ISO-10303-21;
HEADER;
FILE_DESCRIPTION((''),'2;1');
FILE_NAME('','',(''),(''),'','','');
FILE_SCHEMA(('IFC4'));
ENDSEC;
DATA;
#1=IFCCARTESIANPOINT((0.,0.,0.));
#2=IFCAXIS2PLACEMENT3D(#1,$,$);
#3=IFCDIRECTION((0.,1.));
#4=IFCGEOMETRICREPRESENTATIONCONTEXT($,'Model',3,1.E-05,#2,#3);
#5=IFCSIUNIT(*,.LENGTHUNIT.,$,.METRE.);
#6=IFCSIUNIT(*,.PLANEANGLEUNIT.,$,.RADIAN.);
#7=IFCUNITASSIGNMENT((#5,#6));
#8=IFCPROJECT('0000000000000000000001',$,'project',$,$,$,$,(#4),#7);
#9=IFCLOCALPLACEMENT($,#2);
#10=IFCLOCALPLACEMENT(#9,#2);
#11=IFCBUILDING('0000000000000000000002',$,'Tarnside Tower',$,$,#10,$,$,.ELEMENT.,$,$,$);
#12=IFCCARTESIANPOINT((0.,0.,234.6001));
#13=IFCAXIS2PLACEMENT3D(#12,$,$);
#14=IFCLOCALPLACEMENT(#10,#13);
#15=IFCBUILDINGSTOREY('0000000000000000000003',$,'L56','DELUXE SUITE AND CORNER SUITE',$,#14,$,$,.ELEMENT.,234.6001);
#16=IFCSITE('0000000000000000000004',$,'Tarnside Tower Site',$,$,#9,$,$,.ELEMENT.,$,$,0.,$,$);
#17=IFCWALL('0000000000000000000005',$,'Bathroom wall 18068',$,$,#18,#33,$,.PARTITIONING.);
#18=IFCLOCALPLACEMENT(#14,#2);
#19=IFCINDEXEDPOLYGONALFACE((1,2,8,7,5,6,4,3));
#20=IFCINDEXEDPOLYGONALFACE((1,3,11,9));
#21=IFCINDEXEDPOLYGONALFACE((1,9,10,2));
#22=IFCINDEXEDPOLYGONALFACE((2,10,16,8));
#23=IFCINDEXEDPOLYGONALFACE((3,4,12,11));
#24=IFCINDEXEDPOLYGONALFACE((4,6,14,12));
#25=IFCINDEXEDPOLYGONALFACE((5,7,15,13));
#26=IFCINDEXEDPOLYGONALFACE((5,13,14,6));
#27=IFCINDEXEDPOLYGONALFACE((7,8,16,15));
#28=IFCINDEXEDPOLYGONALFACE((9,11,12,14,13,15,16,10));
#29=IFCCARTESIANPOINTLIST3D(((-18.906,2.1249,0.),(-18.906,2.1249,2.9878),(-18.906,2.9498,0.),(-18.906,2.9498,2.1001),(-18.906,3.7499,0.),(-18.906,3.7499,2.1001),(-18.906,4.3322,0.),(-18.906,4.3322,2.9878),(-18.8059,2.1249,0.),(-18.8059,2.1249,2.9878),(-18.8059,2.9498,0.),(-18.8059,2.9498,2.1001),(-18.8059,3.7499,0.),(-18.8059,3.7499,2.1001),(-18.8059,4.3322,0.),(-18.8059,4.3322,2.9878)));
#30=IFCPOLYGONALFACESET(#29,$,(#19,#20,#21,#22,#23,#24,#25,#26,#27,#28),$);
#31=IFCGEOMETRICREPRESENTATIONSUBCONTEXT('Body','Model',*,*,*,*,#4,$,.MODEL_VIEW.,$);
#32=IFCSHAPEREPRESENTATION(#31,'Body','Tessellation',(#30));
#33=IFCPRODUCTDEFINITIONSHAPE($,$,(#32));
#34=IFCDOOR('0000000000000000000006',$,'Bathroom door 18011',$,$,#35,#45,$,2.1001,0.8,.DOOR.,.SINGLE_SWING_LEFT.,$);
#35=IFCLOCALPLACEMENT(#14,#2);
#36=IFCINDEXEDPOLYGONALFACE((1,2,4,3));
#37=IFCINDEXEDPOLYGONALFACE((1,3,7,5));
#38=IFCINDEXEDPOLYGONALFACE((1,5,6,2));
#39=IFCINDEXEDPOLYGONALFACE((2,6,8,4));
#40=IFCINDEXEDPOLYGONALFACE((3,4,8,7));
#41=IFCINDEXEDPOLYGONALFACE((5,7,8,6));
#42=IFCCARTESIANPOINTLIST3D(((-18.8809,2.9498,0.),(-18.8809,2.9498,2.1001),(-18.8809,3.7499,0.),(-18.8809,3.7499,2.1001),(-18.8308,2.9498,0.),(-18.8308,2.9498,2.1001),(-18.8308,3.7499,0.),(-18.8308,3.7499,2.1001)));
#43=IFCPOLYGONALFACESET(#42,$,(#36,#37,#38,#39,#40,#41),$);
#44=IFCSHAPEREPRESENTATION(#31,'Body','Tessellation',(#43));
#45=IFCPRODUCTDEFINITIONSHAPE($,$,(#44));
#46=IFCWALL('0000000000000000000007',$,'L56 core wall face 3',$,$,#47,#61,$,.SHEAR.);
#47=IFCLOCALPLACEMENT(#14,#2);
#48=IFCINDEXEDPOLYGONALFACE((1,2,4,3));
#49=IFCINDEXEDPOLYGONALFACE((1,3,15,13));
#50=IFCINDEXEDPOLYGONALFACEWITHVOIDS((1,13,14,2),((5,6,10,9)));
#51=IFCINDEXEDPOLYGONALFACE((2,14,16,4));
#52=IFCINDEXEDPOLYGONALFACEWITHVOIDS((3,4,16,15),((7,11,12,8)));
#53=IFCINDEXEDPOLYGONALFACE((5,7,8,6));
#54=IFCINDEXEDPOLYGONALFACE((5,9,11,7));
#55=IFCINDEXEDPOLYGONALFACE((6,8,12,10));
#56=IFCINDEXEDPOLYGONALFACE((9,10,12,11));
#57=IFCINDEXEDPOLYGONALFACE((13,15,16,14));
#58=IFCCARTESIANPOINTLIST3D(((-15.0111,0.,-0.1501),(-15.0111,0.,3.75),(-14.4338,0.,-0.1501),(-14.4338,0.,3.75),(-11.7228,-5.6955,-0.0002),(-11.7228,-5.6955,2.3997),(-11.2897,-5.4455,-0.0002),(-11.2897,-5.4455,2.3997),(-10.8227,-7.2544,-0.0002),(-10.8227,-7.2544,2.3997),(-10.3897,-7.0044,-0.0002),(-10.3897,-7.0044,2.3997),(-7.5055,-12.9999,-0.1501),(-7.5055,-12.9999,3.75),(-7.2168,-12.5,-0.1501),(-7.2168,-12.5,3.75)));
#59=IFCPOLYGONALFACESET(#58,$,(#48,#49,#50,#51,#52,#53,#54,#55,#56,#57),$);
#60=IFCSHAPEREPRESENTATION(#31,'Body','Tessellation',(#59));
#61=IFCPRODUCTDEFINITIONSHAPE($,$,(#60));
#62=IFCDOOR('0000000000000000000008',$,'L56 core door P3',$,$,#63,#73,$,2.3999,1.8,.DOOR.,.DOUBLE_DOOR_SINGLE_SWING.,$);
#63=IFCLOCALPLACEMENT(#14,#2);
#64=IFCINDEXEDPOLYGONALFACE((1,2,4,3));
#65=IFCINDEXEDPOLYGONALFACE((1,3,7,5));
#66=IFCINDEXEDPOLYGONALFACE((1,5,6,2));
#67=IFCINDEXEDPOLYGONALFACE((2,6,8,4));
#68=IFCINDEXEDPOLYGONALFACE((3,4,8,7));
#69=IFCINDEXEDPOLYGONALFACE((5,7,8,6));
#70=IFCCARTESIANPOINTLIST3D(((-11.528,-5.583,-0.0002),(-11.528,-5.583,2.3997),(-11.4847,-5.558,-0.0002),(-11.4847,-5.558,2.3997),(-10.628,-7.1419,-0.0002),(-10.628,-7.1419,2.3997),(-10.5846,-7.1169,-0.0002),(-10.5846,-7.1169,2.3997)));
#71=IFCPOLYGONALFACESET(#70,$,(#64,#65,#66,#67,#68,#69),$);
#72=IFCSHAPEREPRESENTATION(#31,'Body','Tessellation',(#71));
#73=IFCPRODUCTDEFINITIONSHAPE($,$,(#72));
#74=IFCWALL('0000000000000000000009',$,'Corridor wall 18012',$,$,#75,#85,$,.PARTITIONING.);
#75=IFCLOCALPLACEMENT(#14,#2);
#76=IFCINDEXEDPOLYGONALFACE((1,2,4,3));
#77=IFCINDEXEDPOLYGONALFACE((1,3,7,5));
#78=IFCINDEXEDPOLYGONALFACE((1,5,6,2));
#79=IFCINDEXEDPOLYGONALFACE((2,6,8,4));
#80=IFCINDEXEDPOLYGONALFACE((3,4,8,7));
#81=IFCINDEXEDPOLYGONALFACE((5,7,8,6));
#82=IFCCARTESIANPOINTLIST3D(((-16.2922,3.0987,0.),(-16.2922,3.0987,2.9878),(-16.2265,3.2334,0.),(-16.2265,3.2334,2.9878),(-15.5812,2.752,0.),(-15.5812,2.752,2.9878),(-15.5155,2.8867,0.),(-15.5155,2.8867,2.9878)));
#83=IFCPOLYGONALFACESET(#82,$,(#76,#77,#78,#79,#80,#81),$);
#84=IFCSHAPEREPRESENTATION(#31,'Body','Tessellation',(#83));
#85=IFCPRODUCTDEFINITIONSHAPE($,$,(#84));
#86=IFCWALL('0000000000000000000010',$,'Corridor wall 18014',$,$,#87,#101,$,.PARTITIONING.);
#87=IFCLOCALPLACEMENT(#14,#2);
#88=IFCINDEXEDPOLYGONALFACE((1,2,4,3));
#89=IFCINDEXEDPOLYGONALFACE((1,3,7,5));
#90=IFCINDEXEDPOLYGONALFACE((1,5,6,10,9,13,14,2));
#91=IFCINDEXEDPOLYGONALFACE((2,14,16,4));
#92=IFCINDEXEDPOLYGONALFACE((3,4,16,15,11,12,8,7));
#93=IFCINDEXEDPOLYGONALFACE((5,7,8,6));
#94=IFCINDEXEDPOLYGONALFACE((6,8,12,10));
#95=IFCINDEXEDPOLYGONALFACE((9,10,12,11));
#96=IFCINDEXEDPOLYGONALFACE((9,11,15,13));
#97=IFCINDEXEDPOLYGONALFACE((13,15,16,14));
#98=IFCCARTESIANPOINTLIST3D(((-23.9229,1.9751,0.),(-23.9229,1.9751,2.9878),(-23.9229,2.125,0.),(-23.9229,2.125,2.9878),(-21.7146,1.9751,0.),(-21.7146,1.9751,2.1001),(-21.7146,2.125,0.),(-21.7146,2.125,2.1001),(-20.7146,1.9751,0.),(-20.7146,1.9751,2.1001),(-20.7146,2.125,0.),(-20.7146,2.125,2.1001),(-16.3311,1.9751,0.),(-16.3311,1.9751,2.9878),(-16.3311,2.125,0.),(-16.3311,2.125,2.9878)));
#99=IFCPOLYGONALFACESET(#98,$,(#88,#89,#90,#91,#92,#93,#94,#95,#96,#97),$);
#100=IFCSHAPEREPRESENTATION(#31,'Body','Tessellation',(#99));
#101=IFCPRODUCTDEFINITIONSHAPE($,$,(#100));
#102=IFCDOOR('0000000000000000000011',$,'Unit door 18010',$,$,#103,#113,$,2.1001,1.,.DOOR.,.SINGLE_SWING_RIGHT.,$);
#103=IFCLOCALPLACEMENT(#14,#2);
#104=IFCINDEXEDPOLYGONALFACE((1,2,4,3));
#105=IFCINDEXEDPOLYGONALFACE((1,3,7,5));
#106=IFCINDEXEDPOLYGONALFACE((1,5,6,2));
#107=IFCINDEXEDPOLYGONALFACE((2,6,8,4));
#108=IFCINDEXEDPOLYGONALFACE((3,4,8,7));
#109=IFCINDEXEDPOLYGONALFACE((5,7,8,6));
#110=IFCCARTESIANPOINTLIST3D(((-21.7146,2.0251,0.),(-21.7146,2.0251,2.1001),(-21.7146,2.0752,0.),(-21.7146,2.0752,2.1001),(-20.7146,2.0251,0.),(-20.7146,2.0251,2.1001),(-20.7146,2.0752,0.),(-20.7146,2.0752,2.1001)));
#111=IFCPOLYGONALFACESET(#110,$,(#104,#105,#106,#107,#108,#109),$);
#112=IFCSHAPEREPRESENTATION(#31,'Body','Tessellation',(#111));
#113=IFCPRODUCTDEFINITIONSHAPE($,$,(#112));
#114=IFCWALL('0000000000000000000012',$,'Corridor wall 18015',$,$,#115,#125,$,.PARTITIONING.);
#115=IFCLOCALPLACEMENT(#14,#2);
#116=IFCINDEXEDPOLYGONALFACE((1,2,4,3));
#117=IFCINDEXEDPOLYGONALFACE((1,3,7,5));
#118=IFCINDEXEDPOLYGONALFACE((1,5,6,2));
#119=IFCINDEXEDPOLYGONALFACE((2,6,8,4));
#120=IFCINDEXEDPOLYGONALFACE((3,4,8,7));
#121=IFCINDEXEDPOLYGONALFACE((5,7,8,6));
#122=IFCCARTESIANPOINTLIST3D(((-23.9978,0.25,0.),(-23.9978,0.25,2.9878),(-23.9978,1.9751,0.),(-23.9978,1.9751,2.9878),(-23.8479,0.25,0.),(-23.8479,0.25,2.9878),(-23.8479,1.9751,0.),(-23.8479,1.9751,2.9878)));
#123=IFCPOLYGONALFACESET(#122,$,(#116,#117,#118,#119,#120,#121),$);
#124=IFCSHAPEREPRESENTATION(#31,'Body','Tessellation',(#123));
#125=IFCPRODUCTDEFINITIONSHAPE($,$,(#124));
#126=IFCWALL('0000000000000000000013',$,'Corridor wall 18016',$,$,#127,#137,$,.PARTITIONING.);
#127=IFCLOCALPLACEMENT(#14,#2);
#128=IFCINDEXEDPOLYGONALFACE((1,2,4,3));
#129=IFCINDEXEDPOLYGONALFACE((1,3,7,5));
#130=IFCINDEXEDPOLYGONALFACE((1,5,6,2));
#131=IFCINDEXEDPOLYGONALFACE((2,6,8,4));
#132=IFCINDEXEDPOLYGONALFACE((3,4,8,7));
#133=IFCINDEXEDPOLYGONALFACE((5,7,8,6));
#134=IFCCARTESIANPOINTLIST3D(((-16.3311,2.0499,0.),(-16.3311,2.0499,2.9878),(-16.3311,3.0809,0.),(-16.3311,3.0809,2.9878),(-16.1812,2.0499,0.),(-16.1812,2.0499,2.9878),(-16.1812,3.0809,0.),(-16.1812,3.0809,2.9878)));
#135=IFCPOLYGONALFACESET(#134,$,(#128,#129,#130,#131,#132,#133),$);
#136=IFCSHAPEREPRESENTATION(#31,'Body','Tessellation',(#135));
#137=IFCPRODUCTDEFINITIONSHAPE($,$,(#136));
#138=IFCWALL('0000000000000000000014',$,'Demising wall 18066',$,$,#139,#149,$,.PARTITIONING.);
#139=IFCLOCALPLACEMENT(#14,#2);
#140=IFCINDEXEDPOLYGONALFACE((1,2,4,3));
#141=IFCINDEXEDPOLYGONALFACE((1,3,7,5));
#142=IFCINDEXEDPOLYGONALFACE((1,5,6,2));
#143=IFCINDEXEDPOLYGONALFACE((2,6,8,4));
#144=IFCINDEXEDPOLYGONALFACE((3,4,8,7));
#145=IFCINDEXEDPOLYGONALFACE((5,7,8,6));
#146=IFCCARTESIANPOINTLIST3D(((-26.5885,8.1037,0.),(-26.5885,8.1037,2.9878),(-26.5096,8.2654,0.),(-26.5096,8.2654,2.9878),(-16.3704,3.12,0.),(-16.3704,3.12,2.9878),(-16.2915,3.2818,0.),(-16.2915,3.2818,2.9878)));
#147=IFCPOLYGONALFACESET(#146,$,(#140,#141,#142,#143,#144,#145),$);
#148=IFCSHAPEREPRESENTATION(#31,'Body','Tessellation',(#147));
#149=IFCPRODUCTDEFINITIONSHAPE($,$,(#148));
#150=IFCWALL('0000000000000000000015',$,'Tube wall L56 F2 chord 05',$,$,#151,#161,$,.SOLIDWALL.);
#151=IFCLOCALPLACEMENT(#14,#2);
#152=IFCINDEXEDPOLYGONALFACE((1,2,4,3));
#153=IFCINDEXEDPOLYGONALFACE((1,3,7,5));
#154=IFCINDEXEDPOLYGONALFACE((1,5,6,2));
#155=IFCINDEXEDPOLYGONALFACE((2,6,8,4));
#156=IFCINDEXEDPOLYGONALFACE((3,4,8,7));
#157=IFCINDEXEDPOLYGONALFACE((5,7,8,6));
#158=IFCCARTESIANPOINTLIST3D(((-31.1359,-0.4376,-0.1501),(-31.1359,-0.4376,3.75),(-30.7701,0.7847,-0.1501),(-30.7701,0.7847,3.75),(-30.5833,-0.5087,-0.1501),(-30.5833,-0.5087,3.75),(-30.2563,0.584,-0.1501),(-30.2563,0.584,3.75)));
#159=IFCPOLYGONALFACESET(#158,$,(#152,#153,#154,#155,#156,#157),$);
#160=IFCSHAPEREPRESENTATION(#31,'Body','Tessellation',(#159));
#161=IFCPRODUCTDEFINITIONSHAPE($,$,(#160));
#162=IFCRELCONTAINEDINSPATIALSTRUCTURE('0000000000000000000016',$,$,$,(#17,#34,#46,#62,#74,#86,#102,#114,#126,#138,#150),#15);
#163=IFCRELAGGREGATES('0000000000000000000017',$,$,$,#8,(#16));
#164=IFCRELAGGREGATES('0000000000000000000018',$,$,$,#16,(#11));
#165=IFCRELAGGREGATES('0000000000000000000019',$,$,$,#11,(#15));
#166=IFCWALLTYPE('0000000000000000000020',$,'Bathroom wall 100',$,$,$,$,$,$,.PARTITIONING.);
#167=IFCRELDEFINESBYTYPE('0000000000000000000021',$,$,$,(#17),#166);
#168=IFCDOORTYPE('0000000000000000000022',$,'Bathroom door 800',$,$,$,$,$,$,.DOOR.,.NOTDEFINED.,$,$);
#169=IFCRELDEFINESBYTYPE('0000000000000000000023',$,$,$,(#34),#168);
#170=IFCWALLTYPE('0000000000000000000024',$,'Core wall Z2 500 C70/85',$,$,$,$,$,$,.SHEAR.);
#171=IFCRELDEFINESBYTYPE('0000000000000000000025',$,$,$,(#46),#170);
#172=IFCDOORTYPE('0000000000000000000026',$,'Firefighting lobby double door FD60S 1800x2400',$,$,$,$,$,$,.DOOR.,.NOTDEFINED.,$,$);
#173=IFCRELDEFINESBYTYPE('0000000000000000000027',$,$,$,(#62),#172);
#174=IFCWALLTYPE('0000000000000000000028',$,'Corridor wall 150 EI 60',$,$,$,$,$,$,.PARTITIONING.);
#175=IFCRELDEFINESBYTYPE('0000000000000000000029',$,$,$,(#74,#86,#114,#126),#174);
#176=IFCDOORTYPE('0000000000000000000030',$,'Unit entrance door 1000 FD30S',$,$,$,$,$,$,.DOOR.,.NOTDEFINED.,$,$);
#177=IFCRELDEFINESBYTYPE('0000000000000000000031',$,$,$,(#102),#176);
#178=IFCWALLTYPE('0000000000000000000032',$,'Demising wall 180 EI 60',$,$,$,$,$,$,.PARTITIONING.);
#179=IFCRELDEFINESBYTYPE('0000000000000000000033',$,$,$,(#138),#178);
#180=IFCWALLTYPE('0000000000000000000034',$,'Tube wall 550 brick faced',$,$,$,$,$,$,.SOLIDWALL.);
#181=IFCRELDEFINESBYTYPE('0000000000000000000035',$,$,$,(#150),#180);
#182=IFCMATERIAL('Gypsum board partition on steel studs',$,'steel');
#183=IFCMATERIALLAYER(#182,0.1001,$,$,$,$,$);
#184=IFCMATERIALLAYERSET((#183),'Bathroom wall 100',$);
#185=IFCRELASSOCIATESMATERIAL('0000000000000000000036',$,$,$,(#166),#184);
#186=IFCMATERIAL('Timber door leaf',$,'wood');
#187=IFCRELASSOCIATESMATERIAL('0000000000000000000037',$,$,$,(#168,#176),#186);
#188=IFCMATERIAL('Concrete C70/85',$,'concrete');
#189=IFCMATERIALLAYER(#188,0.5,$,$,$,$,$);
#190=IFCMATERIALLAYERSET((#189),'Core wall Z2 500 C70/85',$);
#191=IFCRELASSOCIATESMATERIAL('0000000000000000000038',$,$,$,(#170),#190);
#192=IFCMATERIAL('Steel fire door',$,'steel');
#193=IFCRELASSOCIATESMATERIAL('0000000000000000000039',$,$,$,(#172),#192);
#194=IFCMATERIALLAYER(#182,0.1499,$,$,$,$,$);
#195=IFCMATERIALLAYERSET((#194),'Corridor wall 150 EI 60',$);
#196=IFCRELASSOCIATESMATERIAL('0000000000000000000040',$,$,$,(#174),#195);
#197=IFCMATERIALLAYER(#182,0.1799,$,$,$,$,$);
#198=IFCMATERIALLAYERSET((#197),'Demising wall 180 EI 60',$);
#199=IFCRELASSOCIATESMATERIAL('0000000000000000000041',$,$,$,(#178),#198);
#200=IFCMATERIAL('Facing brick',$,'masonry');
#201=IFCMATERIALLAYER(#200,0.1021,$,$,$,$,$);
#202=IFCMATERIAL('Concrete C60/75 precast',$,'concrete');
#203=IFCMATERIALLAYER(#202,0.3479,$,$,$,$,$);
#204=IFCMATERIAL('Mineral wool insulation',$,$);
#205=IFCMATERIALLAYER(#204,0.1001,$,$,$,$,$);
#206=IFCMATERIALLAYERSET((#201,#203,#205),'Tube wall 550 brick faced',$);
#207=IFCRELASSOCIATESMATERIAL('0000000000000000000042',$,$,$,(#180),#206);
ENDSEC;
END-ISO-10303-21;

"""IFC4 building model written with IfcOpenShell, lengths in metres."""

from ifc_helpers import new_model, si_unit, direction, frame, frame_2d, origin, place, context, subcontext, project, spatial, polyline, rectangle, outline, extrude, material, layer, layer_set, type_object, element, fill, save


model = new_model("IFC4")

# Units and contexts
model_context = context("Model", 3, precision=1e-05, world=origin(), true_north=direction((0.0, 1.0)))
body_context = subcontext(model_context, "Body", "Model", "MODEL_VIEW")
ifc_project = project(units=[si_unit("LENGTHUNIT", "METRE"), si_unit("PLANEANGLEUNIT", "RADIAN")], contexts=[model_context])

# Site, building, storey
site_placement = place(None, origin())
site = spatial("IfcSite", under=ifc_project, at=site_placement, Name="Tarnside Tower Site", CompositionType="ELEMENT", RefElevation=0.0)
building_placement = place(site_placement, origin())
building = spatial("IfcBuilding", under=site, at=building_placement, Name="Tarnside Tower", CompositionType="ELEMENT")
storey_placement = place(building_placement, frame((0.0, 0.0, 234.6001)))
storey = spatial("IfcBuildingStorey", under=building, at=storey_placement, Name="L56", Description="DELUXE SUITE AND CORNER SUITE", CompositionType="ELEMENT", Elevation=234.6001)

# Shared definitions
ifc_material_1 = material(Name="Gypsum board partition on steel studs", Category="steel")
ifc_layer_1 = layer(ifc_material_1, 0.1001)
ifc_layer_set_1 = layer_set([ifc_layer_1], Name="Bathroom wall 100")
wall_type_1 = type_object("IfcWallType", Name="Bathroom wall 100", PredefinedType="PARTITIONING", material=ifc_layer_set_1)
ifc_material_2 = material(Name="Timber door leaf", Category="wood")
door_type_1 = type_object("IfcDoorType", Name="Bathroom door 800", OperationType="NOTDEFINED", PredefinedType="DOOR", material=ifc_material_2)

# Walls, openings, doors
wall_1_placement = place(storey_placement, frame((-18.856, 2.125, 0.0), z_axis=(0.0, 0.0, 1.0), x_axis=(0.0, 1.0, 0.0)))
wall_1 = element("IfcWall", 1, at=wall_1_placement, inside=storey, type_object=wall_type_1, Name="Bathroom wall 18068", PredefinedType="PARTITIONING", context=body_context, shape_type="SweptSolid", body=[
    extrude(rectangle(XDim=2.2073, YDim=0.1001, at=frame_2d((1.1035, 0.0))), origin(), (0.0, 0.0, 1.0), 2.9878),
])
opening_1_placement = place(wall_1_placement, frame((0.825, 0.0, 0.0)))
opening_1 = element("IfcOpeningElement", 2, at=opening_1_placement, cuts=wall_1, PredefinedType="OPENING", context=body_context, shape_type="SweptSolid", body=[
    extrude(rectangle(XDim=0.8, YDim=2.1001, at=frame_2d((0.3999, 1.05))), frame((0.0, 0.0601, 0.0), z_axis=(0.0, -1.0, 0.0), x_axis=(1.0, 0.0, 0.0)), (0.0, 0.0, 1.0), 0.1201),
])
door_1_placement = place(opening_1_placement, origin())
door_1 = element("IfcDoor", 3, at=door_1_placement, inside=storey, type_object=door_type_1, Name="Bathroom door 18011", OperationType="SINGLE_SWING_LEFT", OverallHeight=2.1001, OverallWidth=0.8, PredefinedType="DOOR", context=body_context, shape_type="SweptSolid", body=[
    extrude(rectangle(XDim=0.8, YDim=2.1001, at=frame_2d((0.3999, 1.05))), frame((0.0, 0.0249, 0.0), z_axis=(0.0, -1.0, 0.0), x_axis=(1.0, 0.0, 0.0)), (0.0, 0.0, 1.0), 0.05),
])
fill(opening_1, door_1)
ifc_material_3 = material(Name="Concrete C70/85", Category="concrete")
ifc_layer_2 = layer(ifc_material_3, 0.5)
ifc_layer_set_2 = layer_set([ifc_layer_2], Name="Core wall Z2 500 C70/85")
wall_type_2 = type_object("IfcWallType", Name="Core wall Z2 500 C70/85", PredefinedType="SHEAR", material=ifc_layer_set_2)
wall_2_placement = place(storey_placement, frame((-14.7224, 0.0, -0.1501), z_axis=(0.0, 0.0, 1.0), x_axis=(0.500006, -0.866022, 0.0)))
wall_2 = element("IfcWall", 4, at=wall_2_placement, inside=storey, type_object=wall_type_2, Name="L56 core wall face 3", PredefinedType="SHEAR", context=body_context, shape_type="SweptSolid", body=[
    extrude(outline(polyline([(-0.1443, -0.25), (14.8667, -0.25), (14.5781, 0.25), (0.1443, 0.25), (-0.1443, -0.25)])), origin(), (0.0, 0.0, 1.0), 3.9001),
])
opening_2_placement = place(wall_2_placement, frame((6.4324, 0.0, 0.1499)))
opening_2 = element("IfcOpeningElement", 5, at=opening_2_placement, cuts=wall_2, PredefinedType="OPENING", context=body_context, shape_type="SweptSolid", body=[
    extrude(rectangle(XDim=1.8, YDim=2.3999, at=frame_2d((0.8999, 1.2))), frame((0.0, 0.26, 0.0), z_axis=(0.0, -1.0, 0.0), x_axis=(1.0, 0.0, 0.0)), (0.0, 0.0, 1.0), 0.52),
])
ifc_material_4 = material(Name="Steel fire door", Category="steel")
door_type_2 = type_object("IfcDoorType", Name="Firefighting lobby double door FD60S 1800x2400", OperationType="NOTDEFINED", PredefinedType="DOOR", material=ifc_material_4)
door_2_placement = place(opening_2_placement, origin())
door_2 = element("IfcDoor", 6, at=door_2_placement, inside=storey, type_object=door_type_2, Name="L56 core door P3", OperationType="DOUBLE_DOOR_SINGLE_SWING", OverallHeight=2.3999, OverallWidth=1.8, PredefinedType="DOOR", context=body_context, shape_type="SweptSolid", body=[
    extrude(rectangle(XDim=1.8, YDim=2.3999, at=frame_2d((0.8999, 1.2))), frame((0.0, 0.0249, 0.0), z_axis=(0.0, -1.0, 0.0), x_axis=(1.0, 0.0, 0.0)), (0.0, 0.0, 1.0), 0.05),
])
fill(opening_2, door_2)

# Wall
ifc_layer_3 = layer(ifc_material_1, 0.1499)
ifc_layer_set_3 = layer_set([ifc_layer_3], Name="Corridor wall 150 EI 60")
wall_type_3 = type_object("IfcWallType", Name="Corridor wall 150 EI 60", PredefinedType="PARTITIONING", material=ifc_layer_set_3)
wall_3_placement = place(storey_placement, frame((-15.5483, 2.8193, 0.0), z_axis=(0.0, 0.0, 1.0), x_axis=(-0.898828, 0.438302, 0.0)))
element("IfcWall", 7, at=wall_3_placement, inside=storey, type_object=wall_type_3, Name="Corridor wall 18012", PredefinedType="PARTITIONING", context=body_context, shape_type="SweptSolid", body=[
    extrude(rectangle(XDim=0.791, YDim=0.1499, at=frame_2d((0.3955, 0.0))), origin(), (0.0, 0.0, 1.0), 2.9878),
])

# Wall, opening, door
wall_4_placement = place(storey_placement, frame((-16.3311, 2.05, 0.0), z_axis=(0.0, 0.0, 1.0), x_axis=(-1.0, 0.0, 0.0)))
wall_4 = element("IfcWall", 8, at=wall_4_placement, inside=storey, type_object=wall_type_3, Name="Corridor wall 18014", PredefinedType="PARTITIONING", context=body_context, shape_type="SweptSolid", body=[
    extrude(rectangle(XDim=7.5918, YDim=0.1499, at=frame_2d((3.7959, 0.0))), origin(), (0.0, 0.0, 1.0), 2.9878),
])
opening_3_placement = place(wall_4_placement, frame((4.3835, 0.0, 0.0)))
opening_3 = element("IfcOpeningElement", 9, at=opening_3_placement, cuts=wall_4, PredefinedType="OPENING", context=body_context, shape_type="SweptSolid", body=[
    extrude(rectangle(XDim=1.0, YDim=2.1001, at=frame_2d((0.5, 1.05))), frame((0.0, 0.085, 0.0), z_axis=(0.0, -1.0, 0.0), x_axis=(1.0, 0.0, 0.0)), (0.0, 0.0, 1.0), 0.1699),
])
door_type_3 = type_object("IfcDoorType", Name="Unit entrance door 1000 FD30S", OperationType="NOTDEFINED", PredefinedType="DOOR", material=ifc_material_2)
door_3_placement = place(opening_3_placement, origin())
door_3 = element("IfcDoor", 10, at=door_3_placement, inside=storey, type_object=door_type_3, Name="Unit door 18010", OperationType="SINGLE_SWING_RIGHT", OverallHeight=2.1001, OverallWidth=1.0, PredefinedType="DOOR", context=body_context, shape_type="SweptSolid", body=[
    extrude(rectangle(XDim=1.0, YDim=2.1001, at=frame_2d((0.5, 1.05))), frame((0.0, 0.0249, 0.0), z_axis=(0.0, -1.0, 0.0), x_axis=(1.0, 0.0, 0.0)), (0.0, 0.0, 1.0), 0.05),
])
fill(opening_3, door_3)

# Walls
wall_5_placement = place(storey_placement, frame((-23.9229, 1.9751, 0.0), z_axis=(0.0, 0.0, 1.0), x_axis=(0.0, -1.0, 0.0)))
element("IfcWall", 11, at=wall_5_placement, inside=storey, type_object=wall_type_3, Name="Corridor wall 18015", PredefinedType="PARTITIONING", context=body_context, shape_type="SweptSolid", body=[
    extrude(rectangle(XDim=1.7251, YDim=0.1499, at=frame_2d((0.8625, 0.0))), origin(), (0.0, 0.0, 1.0), 2.9878),
])
wall_6_placement = place(storey_placement, frame((-16.2561, 3.0811, 0.0), z_axis=(0.0, 0.0, 1.0), x_axis=(0.0, -1.0, 0.0)))
element("IfcWall", 12, at=wall_6_placement, inside=storey, type_object=wall_type_3, Name="Corridor wall 18016", PredefinedType="PARTITIONING", context=body_context, shape_type="SweptSolid", body=[
    extrude(rectangle(XDim=1.031, YDim=0.1499, at=frame_2d((0.5156, 0.0))), origin(), (0.0, 0.0, 1.0), 2.9878),
])
ifc_layer_4 = layer(ifc_material_1, 0.1799)
ifc_layer_set_4 = layer_set([ifc_layer_4], Name="Demising wall 180 EI 60")
wall_type_4 = type_object("IfcWallType", Name="Demising wall 180 EI 60", PredefinedType="PARTITIONING", material=ifc_layer_set_4)
wall_7_placement = place(storey_placement, frame((-26.5491, 8.1846, 0.0), z_axis=(0.0, 0.0, 1.0), x_axis=(0.898795, -0.43837, 0.0)))
element("IfcWall", 13, at=wall_7_placement, inside=storey, type_object=wall_type_4, Name="Demising wall 18066", PredefinedType="PARTITIONING", context=body_context, shape_type="SweptSolid", body=[
    extrude(rectangle(XDim=11.3687, YDim=0.1799, at=frame_2d((5.6843, 0.0))), origin(), (0.0, 0.0, 1.0), 2.9878),
])
ifc_material_5 = material(Name="Facing brick", Category="masonry")
ifc_layer_5 = layer(ifc_material_5, 0.1021)
ifc_material_6 = material(Name="Concrete C60/75 precast", Category="concrete")
ifc_layer_6 = layer(ifc_material_6, 0.3479)
ifc_material_7 = material(Name="Mineral wool insulation")
ifc_layer_7 = layer(ifc_material_7, 0.1001)
ifc_layer_set_5 = layer_set([ifc_layer_5, ifc_layer_6, ifc_layer_7], Name="Tube wall 550 brick faced")
wall_type_5 = type_object("IfcWallType", Name="Tube wall 550 brick faced", PredefinedType="SOLIDWALL", material=ifc_layer_set_5)
wall_8_placement = place(storey_placement, frame((-30.5132, 0.6843, -0.1501), z_axis=(0.0, 0.0, 1.0), x_axis=(-0.286736, -0.95801, 0.0)))
element("IfcWall", 14, at=wall_8_placement, inside=storey, type_object=wall_type_5, Name="Tube wall L56 F2 chord 05", PredefinedType="SOLIDWALL", context=body_context, shape_type="SweptSolid", body=[
    extrude(outline(polyline([(-0.0225, -0.2749), (1.2534, -0.2749), (1.1631, 0.2749), (0.0225, 0.2749), (-0.0225, -0.2749)])), origin(), (0.0, 0.0, 1.0), 3.9001),
])

save(model, "model.ifc")
